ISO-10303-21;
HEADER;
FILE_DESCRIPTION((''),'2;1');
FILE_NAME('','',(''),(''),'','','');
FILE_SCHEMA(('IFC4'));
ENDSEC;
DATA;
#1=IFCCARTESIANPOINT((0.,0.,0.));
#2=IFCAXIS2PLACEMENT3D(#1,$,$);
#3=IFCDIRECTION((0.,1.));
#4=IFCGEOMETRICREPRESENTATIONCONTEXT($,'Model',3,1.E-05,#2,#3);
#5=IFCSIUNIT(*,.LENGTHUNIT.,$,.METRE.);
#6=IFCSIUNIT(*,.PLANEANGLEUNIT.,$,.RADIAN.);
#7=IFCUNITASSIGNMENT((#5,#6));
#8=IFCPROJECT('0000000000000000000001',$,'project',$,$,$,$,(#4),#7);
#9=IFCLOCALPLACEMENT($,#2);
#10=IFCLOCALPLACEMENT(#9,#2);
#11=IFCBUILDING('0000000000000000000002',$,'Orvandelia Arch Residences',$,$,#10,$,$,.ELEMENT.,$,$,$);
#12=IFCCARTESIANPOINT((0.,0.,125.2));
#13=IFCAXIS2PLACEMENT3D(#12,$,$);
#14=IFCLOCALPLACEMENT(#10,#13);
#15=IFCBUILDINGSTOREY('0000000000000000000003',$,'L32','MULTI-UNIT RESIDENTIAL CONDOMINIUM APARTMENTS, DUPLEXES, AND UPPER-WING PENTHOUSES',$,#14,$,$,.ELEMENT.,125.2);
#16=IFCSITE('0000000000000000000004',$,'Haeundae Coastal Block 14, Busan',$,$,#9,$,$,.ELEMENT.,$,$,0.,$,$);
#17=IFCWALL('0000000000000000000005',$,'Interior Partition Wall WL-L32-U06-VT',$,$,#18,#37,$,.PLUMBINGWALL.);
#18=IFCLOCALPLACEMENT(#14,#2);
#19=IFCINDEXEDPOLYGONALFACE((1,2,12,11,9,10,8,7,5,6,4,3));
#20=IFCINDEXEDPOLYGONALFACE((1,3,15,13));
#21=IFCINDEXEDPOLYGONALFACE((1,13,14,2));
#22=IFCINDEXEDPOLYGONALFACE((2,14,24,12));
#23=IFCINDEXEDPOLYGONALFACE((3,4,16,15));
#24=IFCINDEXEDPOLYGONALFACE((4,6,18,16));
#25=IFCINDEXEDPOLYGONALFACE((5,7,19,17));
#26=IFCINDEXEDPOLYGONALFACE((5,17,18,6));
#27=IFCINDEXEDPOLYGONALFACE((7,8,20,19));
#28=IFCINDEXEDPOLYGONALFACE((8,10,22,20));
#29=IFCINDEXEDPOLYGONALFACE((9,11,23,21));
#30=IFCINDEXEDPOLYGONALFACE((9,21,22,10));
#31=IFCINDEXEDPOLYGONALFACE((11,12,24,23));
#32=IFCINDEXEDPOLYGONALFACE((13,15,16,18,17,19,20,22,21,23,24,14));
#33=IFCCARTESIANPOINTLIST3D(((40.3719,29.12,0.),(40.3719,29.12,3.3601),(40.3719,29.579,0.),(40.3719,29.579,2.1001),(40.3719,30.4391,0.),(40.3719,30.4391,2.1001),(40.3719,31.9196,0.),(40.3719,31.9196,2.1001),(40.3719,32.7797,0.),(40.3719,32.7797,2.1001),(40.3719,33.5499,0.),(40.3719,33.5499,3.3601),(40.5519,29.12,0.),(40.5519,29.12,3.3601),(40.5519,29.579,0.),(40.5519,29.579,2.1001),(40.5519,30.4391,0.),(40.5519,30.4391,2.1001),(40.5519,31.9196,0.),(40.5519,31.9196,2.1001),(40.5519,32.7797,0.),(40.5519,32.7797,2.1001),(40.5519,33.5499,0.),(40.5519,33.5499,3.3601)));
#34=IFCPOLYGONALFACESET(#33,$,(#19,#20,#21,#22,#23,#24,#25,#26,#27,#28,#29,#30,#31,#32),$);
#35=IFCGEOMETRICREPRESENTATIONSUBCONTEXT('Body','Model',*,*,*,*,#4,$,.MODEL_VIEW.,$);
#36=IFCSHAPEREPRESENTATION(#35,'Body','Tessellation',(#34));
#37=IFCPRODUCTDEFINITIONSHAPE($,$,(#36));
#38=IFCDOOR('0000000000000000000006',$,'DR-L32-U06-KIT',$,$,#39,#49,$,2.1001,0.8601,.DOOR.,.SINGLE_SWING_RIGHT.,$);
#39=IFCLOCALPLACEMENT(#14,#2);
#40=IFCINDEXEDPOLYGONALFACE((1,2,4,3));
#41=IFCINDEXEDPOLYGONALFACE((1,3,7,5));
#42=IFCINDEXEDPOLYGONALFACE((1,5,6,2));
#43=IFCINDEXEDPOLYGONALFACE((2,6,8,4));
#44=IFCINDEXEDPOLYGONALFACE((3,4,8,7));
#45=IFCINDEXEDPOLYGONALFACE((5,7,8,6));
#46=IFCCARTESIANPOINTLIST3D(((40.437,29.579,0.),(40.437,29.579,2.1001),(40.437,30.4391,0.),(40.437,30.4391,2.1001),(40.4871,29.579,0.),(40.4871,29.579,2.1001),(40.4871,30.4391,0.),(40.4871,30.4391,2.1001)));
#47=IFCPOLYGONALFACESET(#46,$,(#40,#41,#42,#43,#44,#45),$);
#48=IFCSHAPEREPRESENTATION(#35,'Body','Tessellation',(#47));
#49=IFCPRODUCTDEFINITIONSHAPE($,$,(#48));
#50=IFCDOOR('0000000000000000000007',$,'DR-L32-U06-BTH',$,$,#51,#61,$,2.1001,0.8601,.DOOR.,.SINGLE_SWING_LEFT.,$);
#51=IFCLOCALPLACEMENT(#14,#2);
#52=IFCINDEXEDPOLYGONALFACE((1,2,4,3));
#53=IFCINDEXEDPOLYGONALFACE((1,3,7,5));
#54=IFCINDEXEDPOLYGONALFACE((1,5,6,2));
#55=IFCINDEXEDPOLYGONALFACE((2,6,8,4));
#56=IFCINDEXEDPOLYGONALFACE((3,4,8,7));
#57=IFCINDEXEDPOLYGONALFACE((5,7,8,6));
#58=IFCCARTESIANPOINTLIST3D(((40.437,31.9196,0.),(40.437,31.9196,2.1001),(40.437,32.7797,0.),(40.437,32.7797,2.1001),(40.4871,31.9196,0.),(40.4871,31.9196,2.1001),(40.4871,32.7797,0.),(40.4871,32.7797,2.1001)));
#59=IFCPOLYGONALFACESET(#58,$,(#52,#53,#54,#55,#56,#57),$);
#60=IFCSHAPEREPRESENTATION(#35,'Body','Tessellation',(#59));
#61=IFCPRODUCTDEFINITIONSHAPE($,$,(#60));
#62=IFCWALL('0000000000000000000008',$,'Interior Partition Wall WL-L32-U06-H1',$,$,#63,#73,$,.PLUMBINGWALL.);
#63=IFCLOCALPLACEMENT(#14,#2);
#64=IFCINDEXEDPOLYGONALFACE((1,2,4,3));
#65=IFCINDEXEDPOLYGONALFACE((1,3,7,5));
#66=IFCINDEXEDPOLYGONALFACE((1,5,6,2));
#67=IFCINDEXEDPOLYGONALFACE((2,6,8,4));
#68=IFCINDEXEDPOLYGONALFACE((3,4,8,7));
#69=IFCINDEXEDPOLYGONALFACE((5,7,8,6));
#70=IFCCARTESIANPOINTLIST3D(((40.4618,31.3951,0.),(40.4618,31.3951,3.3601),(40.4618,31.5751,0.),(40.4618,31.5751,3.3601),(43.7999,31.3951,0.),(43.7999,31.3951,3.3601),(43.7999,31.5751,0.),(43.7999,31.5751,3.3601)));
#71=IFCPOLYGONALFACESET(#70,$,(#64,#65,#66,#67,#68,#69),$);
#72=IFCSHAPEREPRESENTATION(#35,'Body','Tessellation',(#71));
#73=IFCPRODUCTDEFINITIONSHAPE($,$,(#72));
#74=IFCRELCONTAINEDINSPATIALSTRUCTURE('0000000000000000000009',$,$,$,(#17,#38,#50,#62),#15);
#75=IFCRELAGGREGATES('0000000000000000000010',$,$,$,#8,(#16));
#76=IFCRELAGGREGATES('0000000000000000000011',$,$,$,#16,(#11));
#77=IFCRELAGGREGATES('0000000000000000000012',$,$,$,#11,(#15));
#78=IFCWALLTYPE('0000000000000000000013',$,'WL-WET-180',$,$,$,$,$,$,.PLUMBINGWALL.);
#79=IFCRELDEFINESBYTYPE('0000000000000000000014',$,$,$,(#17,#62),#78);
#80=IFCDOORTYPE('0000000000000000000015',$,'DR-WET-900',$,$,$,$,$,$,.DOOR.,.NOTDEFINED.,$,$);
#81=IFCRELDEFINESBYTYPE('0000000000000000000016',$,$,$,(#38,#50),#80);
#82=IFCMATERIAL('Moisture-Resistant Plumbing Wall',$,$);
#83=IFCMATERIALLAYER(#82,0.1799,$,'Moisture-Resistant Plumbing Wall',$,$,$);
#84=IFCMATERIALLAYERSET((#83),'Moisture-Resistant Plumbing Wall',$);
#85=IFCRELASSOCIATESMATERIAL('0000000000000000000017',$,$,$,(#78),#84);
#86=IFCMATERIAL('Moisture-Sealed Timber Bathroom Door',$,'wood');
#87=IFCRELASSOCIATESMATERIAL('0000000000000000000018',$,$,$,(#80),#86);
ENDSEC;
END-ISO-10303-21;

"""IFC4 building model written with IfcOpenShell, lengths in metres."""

from ifc_helpers import new_model, si_unit, direction, frame, frame_2d, origin, place, context, subcontext, project, spatial, rectangle, extrude, material, layer, layer_set, type_object, element, fill, save


model = new_model("IFC4")

# Units and contexts
model_context = context("Model", 3, precision=1e-05, world=origin(), true_north=direction((0.0, 1.0)))
body_context = subcontext(model_context, "Body", "Model", "MODEL_VIEW")
ifc_project = project(units=[si_unit("LENGTHUNIT", "METRE"), si_unit("PLANEANGLEUNIT", "RADIAN")], contexts=[model_context])

# Site, building, storey
site_placement = place(None, origin())
site = spatial("IfcSite", under=ifc_project, at=site_placement, Name="Haeundae Coastal Block 14, Busan", CompositionType="ELEMENT", RefElevation=0.0)
building_placement = place(site_placement, origin())
building = spatial("IfcBuilding", under=site, at=building_placement, Name="Orvandelia Arch Residences", CompositionType="ELEMENT")
storey_placement = place(building_placement, frame((0.0, 0.0, 125.2)))
storey = spatial("IfcBuildingStorey", under=building, at=storey_placement, Name="L32", Description="MULTI-UNIT RESIDENTIAL CONDOMINIUM APARTMENTS, DUPLEXES, AND UPPER-WING PENTHOUSES", CompositionType="ELEMENT", Elevation=125.2)

# Wall, openings, doors
ifc_material_1 = material(Name="Moisture-Resistant Plumbing Wall")
ifc_layer_1 = layer(ifc_material_1, 0.1799, Name="Moisture-Resistant Plumbing Wall")
ifc_layer_set_1 = layer_set([ifc_layer_1], Name="Moisture-Resistant Plumbing Wall")
wall_type_1 = type_object("IfcWallType", Name="WL-WET-180", PredefinedType="PLUMBINGWALL", material=ifc_layer_set_1)
ifc_material_2 = material(Name="Moisture-Sealed Timber Bathroom Door", Category="wood")
door_type = type_object("IfcDoorType", Name="DR-WET-900", OperationType="NOTDEFINED", PredefinedType="DOOR", material=ifc_material_2)
wall_1_placement = place(storey_placement, frame((40.4619, 29.1201, 0.0), z_axis=(0.0, 0.0, 1.0), x_axis=(0.0, 1.0, 0.0)))
wall_1 = element("IfcWall", 1, at=wall_1_placement, inside=storey, type_object=wall_type_1, Name="Interior Partition Wall WL-L32-U06-VT", PredefinedType="PLUMBINGWALL", context=body_context, shape_type="SweptSolid", body=[
    extrude(rectangle(XDim=4.4299, YDim=0.1799, at=frame_2d((2.2148, 0.0))), origin(), (0.0, 0.0, 1.0), 3.3601),
])
opening_1_placement = place(wall_1_placement, frame((0.4587, 0.0, 0.0)))
opening_1 = element("IfcOpeningElement", 2, at=opening_1_placement, cuts=wall_1, PredefinedType="OPENING", context=body_context, shape_type="SweptSolid", body=[
    extrude(rectangle(XDim=0.8601, YDim=2.1001, at=frame_2d((0.4302, 1.05))), frame((0.0, 0.1001, 0.0), z_axis=(0.0, -1.0, 0.0), x_axis=(1.0, 0.0, 0.0)), (0.0, 0.0, 1.0), 0.2),
])
opening_2_placement = place(wall_1_placement, frame((2.7993, 0.0, 0.0)))
opening_2 = element("IfcOpeningElement", 3, at=opening_2_placement, cuts=wall_1, PredefinedType="OPENING", context=body_context, shape_type="SweptSolid", body=[
    extrude(rectangle(XDim=0.8601, YDim=2.1001, at=frame_2d((0.4302, 1.05))), frame((0.0, 0.1001, 0.0), z_axis=(0.0, -1.0, 0.0), x_axis=(1.0, 0.0, 0.0)), (0.0, 0.0, 1.0), 0.2),
])
door_1_placement = place(opening_1_placement, origin())
door_1 = element("IfcDoor", 4, at=door_1_placement, inside=storey, type_object=door_type, Name="DR-L32-U06-KIT", OperationType="SINGLE_SWING_RIGHT", OverallHeight=2.1001, OverallWidth=0.8601, PredefinedType="DOOR", context=body_context, shape_type="SweptSolid", body=[
    extrude(rectangle(XDim=0.8601, YDim=2.1001, at=frame_2d((0.4302, 1.05))), frame((0.0, 0.0249, 0.0), z_axis=(0.0, -1.0, 0.0), x_axis=(1.0, 0.0, 0.0)), (0.0, 0.0, 1.0), 0.05),
])
fill(opening_1, door_1)
door_2_placement = place(opening_2_placement, origin())
door_2 = element("IfcDoor", 5, at=door_2_placement, inside=storey, type_object=door_type, Name="DR-L32-U06-BTH", OperationType="SINGLE_SWING_LEFT", OverallHeight=2.1001, OverallWidth=0.8601, PredefinedType="DOOR", context=body_context, shape_type="SweptSolid", body=[
    extrude(rectangle(XDim=0.8601, YDim=2.1001, at=frame_2d((0.4302, 1.05))), frame((0.0, 0.0249, 0.0), z_axis=(0.0, -1.0, 0.0), x_axis=(1.0, 0.0, 0.0)), (0.0, 0.0, 1.0), 0.05),
])
fill(opening_2, door_2)

# Wall
wall_2_placement = place(storey_placement, frame((40.4619, 31.4851, 0.0), z_axis=(0.0, 0.0, 1.0), x_axis=(1.0, 0.0, 0.0)))
element("IfcWall", 6, at=wall_2_placement, inside=storey, type_object=wall_type_1, Name="Interior Partition Wall WL-L32-U06-H1", PredefinedType="PLUMBINGWALL", context=body_context, shape_type="SweptSolid", body=[
    extrude(rectangle(XDim=3.3381, YDim=0.1799, at=frame_2d((1.6689, 0.0))), origin(), (0.0, 0.0, 1.0), 3.3601),
])

save(model, "model.ifc")
